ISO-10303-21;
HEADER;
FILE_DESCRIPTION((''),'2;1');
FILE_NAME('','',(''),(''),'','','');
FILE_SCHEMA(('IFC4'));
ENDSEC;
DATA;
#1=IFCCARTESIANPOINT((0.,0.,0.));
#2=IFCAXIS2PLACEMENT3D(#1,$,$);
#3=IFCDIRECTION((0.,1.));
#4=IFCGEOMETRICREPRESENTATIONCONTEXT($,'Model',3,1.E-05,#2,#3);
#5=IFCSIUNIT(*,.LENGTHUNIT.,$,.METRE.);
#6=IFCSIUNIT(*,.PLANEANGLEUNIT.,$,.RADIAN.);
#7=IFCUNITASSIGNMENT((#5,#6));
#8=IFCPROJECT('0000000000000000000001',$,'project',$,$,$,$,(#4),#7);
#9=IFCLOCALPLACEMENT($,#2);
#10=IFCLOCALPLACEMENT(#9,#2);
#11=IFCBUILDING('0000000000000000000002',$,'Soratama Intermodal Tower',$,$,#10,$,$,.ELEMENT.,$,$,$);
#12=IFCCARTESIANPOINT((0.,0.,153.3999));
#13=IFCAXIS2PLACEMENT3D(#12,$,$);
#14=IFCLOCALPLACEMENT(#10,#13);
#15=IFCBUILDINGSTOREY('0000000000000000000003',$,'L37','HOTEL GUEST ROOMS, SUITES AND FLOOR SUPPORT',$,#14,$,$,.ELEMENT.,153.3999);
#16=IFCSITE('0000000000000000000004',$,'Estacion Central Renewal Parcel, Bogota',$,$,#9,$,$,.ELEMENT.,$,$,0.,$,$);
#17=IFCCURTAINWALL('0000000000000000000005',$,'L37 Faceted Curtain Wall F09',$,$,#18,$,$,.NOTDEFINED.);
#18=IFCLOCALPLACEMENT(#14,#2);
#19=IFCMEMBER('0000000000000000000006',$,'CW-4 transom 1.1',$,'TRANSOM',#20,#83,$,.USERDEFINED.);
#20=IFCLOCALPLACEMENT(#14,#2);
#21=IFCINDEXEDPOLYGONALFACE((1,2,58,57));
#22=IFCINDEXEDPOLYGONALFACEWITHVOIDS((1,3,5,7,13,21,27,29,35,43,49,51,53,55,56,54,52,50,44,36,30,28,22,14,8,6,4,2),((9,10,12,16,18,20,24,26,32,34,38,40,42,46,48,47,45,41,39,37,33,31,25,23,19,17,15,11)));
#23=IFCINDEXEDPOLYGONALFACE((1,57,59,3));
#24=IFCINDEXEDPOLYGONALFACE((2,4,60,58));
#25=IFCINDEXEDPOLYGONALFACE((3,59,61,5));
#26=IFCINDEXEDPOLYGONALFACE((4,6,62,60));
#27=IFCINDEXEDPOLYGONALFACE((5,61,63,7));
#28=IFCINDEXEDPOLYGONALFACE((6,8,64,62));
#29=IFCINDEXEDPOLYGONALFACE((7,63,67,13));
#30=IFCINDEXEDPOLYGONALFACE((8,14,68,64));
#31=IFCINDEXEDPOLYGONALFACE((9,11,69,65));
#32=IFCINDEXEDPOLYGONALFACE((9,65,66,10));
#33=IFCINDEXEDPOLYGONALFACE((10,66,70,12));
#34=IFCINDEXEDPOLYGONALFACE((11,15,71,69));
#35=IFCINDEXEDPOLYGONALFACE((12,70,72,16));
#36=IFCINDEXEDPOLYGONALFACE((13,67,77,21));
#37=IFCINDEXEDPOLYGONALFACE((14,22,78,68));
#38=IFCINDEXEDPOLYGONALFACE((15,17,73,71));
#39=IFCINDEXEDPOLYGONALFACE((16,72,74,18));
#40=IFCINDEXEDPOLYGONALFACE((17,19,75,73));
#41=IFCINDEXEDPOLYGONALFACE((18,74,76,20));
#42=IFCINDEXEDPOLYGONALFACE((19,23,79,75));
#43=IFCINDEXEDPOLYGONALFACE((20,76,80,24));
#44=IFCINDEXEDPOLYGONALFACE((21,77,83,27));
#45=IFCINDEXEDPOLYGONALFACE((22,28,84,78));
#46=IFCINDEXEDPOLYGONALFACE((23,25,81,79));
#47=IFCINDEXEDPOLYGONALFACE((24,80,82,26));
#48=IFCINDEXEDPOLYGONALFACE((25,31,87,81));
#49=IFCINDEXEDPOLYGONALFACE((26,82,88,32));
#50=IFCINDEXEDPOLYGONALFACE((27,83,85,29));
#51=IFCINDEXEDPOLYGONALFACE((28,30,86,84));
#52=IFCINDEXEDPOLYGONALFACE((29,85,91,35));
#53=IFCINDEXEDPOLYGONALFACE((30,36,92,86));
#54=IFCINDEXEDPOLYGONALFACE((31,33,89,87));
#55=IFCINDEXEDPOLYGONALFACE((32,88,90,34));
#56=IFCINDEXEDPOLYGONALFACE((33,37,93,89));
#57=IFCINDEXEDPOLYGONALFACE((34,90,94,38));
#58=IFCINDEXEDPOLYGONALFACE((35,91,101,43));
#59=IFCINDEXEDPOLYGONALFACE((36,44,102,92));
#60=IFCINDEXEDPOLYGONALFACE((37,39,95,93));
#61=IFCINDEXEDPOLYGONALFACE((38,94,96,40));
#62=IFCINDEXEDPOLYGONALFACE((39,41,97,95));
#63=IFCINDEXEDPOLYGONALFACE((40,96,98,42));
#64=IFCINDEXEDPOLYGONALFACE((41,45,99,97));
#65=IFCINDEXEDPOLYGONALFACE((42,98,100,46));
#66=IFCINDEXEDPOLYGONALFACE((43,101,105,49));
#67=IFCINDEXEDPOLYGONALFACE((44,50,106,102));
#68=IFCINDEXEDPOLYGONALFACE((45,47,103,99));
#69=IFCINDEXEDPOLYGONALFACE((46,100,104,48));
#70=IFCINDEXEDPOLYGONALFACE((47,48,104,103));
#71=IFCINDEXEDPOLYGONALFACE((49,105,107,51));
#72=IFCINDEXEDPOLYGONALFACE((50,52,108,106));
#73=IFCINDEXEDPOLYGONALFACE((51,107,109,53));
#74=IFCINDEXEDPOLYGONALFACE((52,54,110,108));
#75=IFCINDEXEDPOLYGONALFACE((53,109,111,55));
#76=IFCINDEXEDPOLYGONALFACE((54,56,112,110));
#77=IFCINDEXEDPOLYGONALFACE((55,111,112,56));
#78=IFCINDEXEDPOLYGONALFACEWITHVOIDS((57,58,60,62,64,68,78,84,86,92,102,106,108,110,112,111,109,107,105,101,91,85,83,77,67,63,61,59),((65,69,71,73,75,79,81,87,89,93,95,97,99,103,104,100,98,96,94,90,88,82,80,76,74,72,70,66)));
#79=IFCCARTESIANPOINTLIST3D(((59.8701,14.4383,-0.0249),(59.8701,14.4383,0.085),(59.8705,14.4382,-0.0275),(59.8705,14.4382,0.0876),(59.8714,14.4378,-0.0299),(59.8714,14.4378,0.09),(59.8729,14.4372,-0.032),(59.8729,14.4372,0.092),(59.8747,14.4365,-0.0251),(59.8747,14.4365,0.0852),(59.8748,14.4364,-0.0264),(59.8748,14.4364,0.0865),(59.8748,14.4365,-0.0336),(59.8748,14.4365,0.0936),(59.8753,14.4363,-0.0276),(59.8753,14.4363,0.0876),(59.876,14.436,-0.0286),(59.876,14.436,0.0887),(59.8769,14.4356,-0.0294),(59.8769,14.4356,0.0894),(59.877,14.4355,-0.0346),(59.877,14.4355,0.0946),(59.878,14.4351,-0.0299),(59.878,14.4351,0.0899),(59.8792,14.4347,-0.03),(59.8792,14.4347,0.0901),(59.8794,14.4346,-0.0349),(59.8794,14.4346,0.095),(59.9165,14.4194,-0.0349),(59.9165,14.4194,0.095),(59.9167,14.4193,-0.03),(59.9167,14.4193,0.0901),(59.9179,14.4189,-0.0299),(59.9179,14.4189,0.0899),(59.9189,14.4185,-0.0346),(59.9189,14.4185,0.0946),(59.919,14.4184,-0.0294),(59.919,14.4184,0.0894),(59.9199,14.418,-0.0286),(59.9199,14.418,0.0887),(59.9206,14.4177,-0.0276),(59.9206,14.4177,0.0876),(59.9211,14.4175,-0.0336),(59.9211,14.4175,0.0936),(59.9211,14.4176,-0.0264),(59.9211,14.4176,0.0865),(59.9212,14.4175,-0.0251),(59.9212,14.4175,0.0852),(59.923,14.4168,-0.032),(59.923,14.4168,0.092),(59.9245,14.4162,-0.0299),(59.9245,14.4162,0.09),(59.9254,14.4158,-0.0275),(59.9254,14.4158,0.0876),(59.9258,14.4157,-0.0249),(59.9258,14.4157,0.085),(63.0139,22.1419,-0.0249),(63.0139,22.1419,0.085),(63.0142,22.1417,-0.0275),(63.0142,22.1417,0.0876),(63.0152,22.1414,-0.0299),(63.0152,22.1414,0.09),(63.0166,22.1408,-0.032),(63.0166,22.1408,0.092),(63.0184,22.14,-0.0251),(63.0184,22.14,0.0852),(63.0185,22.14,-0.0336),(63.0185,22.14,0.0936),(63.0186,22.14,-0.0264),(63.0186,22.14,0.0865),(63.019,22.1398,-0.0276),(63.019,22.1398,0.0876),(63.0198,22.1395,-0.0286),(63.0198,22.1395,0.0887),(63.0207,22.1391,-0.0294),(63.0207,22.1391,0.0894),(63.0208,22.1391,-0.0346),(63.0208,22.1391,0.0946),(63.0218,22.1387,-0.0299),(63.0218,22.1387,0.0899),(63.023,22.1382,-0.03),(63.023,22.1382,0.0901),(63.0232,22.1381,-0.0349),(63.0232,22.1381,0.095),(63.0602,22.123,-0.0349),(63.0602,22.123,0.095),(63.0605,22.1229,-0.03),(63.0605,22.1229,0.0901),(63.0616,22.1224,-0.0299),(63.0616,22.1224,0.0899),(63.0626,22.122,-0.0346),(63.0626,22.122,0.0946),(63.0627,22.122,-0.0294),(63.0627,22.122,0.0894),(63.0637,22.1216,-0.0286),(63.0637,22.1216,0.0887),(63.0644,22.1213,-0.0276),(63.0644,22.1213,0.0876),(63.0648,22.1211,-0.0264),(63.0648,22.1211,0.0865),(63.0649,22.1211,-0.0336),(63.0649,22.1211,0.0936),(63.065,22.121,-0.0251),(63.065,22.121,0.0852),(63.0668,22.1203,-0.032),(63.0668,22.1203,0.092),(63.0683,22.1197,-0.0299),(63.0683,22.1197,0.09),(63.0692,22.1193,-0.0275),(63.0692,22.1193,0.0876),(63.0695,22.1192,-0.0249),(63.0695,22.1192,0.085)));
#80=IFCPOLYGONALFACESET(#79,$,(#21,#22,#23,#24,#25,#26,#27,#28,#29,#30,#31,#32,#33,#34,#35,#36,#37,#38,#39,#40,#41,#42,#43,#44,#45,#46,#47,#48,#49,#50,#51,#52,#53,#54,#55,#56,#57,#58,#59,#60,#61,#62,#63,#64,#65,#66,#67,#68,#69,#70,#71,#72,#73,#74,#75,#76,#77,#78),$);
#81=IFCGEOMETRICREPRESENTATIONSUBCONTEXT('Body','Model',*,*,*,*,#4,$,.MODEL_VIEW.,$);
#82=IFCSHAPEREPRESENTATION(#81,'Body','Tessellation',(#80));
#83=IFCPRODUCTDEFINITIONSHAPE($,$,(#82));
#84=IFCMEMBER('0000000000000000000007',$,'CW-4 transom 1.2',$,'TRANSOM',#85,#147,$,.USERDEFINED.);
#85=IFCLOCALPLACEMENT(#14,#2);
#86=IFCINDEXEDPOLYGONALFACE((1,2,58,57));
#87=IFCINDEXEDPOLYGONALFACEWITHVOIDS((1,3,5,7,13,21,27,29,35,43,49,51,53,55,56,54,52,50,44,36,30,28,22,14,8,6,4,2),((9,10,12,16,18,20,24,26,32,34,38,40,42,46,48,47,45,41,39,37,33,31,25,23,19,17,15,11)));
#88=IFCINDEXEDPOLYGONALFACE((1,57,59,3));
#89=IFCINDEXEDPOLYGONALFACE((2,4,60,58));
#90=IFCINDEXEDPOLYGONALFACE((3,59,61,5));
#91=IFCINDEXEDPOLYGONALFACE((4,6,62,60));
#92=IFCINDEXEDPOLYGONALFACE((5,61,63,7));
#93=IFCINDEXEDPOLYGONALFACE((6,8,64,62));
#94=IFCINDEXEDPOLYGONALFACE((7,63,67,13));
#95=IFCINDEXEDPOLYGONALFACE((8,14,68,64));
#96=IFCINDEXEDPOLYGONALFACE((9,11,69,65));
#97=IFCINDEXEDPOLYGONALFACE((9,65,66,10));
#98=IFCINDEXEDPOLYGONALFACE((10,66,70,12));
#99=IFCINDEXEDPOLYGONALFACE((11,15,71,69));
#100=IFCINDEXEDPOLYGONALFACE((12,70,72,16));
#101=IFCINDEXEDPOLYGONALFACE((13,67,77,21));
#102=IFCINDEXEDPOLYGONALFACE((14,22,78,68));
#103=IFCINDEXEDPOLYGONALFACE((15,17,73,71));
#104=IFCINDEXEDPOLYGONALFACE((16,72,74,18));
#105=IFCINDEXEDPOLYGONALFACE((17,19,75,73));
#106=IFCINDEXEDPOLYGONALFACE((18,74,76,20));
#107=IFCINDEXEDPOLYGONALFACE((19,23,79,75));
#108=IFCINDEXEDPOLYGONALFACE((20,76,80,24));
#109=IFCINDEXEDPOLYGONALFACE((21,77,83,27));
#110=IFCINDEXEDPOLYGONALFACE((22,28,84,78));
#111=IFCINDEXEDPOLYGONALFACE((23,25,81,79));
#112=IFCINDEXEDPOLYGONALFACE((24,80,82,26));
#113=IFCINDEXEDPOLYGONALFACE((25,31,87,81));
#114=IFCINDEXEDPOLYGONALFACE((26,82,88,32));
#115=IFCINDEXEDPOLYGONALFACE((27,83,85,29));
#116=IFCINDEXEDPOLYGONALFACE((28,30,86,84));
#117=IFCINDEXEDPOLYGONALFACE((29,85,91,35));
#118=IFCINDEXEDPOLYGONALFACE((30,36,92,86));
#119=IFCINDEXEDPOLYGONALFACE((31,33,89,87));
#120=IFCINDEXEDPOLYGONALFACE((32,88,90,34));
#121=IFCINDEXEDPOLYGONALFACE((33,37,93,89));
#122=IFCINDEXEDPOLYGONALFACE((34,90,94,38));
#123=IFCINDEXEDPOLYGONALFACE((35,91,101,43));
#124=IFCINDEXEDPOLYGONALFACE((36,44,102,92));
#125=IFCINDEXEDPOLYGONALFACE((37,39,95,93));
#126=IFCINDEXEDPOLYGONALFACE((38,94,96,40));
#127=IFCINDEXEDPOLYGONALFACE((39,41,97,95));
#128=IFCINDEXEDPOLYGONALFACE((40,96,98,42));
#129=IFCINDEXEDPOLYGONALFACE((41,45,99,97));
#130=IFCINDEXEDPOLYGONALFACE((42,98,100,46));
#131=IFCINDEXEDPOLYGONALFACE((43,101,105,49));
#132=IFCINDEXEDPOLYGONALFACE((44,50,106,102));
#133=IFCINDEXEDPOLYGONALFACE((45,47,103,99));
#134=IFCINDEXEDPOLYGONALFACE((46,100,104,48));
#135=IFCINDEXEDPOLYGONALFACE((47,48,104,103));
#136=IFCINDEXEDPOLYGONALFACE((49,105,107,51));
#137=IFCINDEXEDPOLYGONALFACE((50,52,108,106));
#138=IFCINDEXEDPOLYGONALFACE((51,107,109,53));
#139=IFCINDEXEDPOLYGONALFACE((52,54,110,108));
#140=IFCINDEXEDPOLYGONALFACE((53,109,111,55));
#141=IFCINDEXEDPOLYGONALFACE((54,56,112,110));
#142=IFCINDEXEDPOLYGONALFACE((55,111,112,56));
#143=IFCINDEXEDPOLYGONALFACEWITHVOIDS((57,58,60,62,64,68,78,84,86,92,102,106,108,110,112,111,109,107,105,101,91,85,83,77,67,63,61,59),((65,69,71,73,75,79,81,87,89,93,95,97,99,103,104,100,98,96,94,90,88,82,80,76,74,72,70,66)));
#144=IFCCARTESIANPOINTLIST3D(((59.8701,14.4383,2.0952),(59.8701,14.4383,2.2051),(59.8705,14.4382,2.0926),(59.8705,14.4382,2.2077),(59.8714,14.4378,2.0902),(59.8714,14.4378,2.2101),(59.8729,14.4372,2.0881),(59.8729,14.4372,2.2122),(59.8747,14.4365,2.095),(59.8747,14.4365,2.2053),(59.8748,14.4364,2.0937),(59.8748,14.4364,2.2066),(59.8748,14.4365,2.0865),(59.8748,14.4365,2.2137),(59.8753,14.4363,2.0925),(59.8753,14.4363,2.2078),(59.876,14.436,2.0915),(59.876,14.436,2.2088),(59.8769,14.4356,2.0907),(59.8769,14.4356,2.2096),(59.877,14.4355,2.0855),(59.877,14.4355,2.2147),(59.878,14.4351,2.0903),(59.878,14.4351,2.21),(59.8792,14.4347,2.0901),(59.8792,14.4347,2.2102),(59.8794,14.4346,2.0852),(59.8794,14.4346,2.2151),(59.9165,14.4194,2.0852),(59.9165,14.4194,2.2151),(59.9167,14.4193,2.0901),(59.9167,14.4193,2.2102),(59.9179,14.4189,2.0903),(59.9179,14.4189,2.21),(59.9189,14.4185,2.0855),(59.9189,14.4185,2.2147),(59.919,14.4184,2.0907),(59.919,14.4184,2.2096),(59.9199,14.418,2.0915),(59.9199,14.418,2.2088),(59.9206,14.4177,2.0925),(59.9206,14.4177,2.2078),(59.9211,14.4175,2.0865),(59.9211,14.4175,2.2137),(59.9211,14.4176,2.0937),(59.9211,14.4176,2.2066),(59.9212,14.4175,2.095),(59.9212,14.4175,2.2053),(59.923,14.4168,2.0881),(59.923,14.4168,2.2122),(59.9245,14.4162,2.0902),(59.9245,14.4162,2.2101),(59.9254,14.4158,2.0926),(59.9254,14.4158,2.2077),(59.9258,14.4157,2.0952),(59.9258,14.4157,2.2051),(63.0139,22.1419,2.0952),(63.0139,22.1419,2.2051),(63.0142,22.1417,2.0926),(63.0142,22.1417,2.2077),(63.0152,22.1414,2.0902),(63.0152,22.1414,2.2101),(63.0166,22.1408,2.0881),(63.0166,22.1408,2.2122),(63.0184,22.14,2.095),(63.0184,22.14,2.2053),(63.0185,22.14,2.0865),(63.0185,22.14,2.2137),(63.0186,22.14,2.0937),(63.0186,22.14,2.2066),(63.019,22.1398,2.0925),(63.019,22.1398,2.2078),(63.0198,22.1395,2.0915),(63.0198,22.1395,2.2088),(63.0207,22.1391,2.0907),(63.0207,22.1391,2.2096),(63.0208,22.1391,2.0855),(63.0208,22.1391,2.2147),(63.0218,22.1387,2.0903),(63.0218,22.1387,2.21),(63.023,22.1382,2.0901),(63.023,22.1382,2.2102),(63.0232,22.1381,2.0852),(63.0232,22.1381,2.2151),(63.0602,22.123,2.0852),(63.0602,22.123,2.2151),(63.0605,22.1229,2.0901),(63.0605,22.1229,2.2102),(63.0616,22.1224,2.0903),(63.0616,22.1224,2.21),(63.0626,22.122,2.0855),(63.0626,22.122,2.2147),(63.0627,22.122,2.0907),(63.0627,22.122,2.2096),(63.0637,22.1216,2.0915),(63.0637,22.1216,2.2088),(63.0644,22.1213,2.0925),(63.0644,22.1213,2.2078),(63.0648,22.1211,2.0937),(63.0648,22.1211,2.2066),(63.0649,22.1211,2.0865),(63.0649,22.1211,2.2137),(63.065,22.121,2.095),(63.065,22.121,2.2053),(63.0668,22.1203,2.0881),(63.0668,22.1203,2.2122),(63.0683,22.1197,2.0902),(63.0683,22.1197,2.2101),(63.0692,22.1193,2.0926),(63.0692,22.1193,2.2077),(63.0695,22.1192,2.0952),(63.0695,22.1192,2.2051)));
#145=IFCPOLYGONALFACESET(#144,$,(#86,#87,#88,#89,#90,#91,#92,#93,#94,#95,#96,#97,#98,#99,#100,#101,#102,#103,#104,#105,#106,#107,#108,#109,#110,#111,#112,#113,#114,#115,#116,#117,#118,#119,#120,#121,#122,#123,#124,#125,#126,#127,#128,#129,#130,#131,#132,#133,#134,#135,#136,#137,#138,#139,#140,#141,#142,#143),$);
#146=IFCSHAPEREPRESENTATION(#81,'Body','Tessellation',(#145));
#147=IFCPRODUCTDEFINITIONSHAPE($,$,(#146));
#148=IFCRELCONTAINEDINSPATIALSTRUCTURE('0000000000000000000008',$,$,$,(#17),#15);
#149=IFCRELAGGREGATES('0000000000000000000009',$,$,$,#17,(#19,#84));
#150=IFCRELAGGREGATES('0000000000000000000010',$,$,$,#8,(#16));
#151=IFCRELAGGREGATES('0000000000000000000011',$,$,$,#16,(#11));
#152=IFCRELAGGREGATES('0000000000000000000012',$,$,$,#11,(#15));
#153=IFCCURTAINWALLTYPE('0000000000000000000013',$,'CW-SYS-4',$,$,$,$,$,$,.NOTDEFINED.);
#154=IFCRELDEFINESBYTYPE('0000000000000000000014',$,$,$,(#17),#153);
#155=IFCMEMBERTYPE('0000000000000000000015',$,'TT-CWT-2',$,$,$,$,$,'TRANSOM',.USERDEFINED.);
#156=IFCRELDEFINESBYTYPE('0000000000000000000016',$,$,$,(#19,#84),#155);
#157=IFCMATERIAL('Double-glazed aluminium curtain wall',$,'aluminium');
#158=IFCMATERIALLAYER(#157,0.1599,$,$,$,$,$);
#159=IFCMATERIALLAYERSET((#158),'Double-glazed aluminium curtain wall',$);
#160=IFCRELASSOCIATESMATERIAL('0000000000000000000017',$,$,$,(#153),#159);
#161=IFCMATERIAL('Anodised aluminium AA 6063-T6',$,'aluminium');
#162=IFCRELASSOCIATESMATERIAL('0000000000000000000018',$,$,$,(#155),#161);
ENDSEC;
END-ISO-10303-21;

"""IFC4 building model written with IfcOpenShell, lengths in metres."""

from ifc_helpers import new_model, si_unit, direction, frame, origin, origin_2d, place, context, subcontext, project, spatial, hollow_rectangle, extrude, material, layer, layer_set, material_profile, profile_set, type_object, element, aggregate, save


model = new_model("IFC4")

# Units and contexts
model_context = context("Model", 3, precision=1e-05, world=origin(), true_north=direction((0.0, 1.0)))
body_context = subcontext(model_context, "Body", "Model", "MODEL_VIEW")
ifc_project = project(units=[si_unit("LENGTHUNIT", "METRE"), si_unit("PLANEANGLEUNIT", "RADIAN")], contexts=[model_context])

# Site, building, storey
site_placement = place(None, origin())
site = spatial("IfcSite", under=ifc_project, at=site_placement, Name="Estacion Central Renewal Parcel, Bogota", CompositionType="ELEMENT", RefElevation=0.0)
building_placement = place(site_placement, origin())
building = spatial("IfcBuilding", under=site, at=building_placement, Name="Soratama Intermodal Tower", CompositionType="ELEMENT")
storey_placement = place(building_placement, frame((0.0, 0.0, 153.3999)))
storey = spatial("IfcBuildingStorey", under=building, at=storey_placement, Name="L37", Description="HOTEL GUEST ROOMS, SUITES AND FLOOR SUPPORT", CompositionType="ELEMENT", Elevation=153.3999)

# Curtain wall, members
ifc_material_1 = material(Name="Double-glazed aluminium curtain wall", Category="aluminium")
ifc_layer_1 = layer(ifc_material_1, 0.1599)
ifc_layer_set_1 = layer_set([ifc_layer_1], Name="Double-glazed aluminium curtain wall")
curtain_wall_type = type_object("IfcCurtainWallType", Name="CW-SYS-4", PredefinedType="NOTDEFINED", material=ifc_layer_set_1)
curtain_wall_placement = place(storey_placement, origin())
curtain_wall = element("IfcCurtainWall", 1, at=curtain_wall_placement, inside=storey, type_object=curtain_wall_type, Name="L37 Faceted Curtain Wall F09", PredefinedType="NOTDEFINED")
ifc_material_2 = material(Name="Anodised aluminium AA 6063-T6", Category="aluminium")
ifc_material_profile_1 = material_profile(ifc_material_2, hollow_rectangle(XDim=0.0601, YDim=0.1299, WallThickness=0.0049, InnerFilletRadius=0.0049, OuterFilletRadius=0.01, at=origin_2d()), Name="CWT130X60X5")
ifc_profile_set_1 = profile_set([ifc_material_profile_1], Name="Anodised aluminium AA 6063-T6")
member_type_1 = type_object("IfcMemberType", Name="TT-CWT-2", ElementType="TRANSOM", PredefinedType="USERDEFINED", material=ifc_profile_set_1)
member_1_placement = place(storey_placement, frame((59.8979, 14.427, 0.03), z_axis=(0.377842, 0.92587, 0.0), x_axis=(-0.92587, 0.377842, 0.0)))
member_1 = element("IfcMember", 2, at=member_1_placement, type_object=member_type_1, Name="CW-4 transom 1.1", ObjectType="TRANSOM", PredefinedType="USERDEFINED", context=body_context, shape_type="SweptSolid", body=[
    extrude(hollow_rectangle(XDim=0.0601, YDim=0.1299, WallThickness=0.0049, InnerFilletRadius=0.0049, OuterFilletRadius=0.01, at=origin_2d()), origin(), (0.0, 0.0, 1.0), 8.3203),
])
member_2_placement = place(storey_placement, frame((59.8979, 14.427, 2.1501), z_axis=(0.377842, 0.92587, 0.0), x_axis=(-0.92587, 0.377842, 0.0)))
member_2 = element("IfcMember", 3, at=member_2_placement, type_object=member_type_1, Name="CW-4 transom 1.2", ObjectType="TRANSOM", PredefinedType="USERDEFINED", context=body_context, shape_type="SweptSolid", body=[
    extrude(hollow_rectangle(XDim=0.0601, YDim=0.1299, WallThickness=0.0049, InnerFilletRadius=0.0049, OuterFilletRadius=0.01, at=origin_2d()), origin(), (0.0, 0.0, 1.0), 8.3203),
])
aggregate(curtain_wall, [member_1, member_2])

save(model, "model.ifc")
